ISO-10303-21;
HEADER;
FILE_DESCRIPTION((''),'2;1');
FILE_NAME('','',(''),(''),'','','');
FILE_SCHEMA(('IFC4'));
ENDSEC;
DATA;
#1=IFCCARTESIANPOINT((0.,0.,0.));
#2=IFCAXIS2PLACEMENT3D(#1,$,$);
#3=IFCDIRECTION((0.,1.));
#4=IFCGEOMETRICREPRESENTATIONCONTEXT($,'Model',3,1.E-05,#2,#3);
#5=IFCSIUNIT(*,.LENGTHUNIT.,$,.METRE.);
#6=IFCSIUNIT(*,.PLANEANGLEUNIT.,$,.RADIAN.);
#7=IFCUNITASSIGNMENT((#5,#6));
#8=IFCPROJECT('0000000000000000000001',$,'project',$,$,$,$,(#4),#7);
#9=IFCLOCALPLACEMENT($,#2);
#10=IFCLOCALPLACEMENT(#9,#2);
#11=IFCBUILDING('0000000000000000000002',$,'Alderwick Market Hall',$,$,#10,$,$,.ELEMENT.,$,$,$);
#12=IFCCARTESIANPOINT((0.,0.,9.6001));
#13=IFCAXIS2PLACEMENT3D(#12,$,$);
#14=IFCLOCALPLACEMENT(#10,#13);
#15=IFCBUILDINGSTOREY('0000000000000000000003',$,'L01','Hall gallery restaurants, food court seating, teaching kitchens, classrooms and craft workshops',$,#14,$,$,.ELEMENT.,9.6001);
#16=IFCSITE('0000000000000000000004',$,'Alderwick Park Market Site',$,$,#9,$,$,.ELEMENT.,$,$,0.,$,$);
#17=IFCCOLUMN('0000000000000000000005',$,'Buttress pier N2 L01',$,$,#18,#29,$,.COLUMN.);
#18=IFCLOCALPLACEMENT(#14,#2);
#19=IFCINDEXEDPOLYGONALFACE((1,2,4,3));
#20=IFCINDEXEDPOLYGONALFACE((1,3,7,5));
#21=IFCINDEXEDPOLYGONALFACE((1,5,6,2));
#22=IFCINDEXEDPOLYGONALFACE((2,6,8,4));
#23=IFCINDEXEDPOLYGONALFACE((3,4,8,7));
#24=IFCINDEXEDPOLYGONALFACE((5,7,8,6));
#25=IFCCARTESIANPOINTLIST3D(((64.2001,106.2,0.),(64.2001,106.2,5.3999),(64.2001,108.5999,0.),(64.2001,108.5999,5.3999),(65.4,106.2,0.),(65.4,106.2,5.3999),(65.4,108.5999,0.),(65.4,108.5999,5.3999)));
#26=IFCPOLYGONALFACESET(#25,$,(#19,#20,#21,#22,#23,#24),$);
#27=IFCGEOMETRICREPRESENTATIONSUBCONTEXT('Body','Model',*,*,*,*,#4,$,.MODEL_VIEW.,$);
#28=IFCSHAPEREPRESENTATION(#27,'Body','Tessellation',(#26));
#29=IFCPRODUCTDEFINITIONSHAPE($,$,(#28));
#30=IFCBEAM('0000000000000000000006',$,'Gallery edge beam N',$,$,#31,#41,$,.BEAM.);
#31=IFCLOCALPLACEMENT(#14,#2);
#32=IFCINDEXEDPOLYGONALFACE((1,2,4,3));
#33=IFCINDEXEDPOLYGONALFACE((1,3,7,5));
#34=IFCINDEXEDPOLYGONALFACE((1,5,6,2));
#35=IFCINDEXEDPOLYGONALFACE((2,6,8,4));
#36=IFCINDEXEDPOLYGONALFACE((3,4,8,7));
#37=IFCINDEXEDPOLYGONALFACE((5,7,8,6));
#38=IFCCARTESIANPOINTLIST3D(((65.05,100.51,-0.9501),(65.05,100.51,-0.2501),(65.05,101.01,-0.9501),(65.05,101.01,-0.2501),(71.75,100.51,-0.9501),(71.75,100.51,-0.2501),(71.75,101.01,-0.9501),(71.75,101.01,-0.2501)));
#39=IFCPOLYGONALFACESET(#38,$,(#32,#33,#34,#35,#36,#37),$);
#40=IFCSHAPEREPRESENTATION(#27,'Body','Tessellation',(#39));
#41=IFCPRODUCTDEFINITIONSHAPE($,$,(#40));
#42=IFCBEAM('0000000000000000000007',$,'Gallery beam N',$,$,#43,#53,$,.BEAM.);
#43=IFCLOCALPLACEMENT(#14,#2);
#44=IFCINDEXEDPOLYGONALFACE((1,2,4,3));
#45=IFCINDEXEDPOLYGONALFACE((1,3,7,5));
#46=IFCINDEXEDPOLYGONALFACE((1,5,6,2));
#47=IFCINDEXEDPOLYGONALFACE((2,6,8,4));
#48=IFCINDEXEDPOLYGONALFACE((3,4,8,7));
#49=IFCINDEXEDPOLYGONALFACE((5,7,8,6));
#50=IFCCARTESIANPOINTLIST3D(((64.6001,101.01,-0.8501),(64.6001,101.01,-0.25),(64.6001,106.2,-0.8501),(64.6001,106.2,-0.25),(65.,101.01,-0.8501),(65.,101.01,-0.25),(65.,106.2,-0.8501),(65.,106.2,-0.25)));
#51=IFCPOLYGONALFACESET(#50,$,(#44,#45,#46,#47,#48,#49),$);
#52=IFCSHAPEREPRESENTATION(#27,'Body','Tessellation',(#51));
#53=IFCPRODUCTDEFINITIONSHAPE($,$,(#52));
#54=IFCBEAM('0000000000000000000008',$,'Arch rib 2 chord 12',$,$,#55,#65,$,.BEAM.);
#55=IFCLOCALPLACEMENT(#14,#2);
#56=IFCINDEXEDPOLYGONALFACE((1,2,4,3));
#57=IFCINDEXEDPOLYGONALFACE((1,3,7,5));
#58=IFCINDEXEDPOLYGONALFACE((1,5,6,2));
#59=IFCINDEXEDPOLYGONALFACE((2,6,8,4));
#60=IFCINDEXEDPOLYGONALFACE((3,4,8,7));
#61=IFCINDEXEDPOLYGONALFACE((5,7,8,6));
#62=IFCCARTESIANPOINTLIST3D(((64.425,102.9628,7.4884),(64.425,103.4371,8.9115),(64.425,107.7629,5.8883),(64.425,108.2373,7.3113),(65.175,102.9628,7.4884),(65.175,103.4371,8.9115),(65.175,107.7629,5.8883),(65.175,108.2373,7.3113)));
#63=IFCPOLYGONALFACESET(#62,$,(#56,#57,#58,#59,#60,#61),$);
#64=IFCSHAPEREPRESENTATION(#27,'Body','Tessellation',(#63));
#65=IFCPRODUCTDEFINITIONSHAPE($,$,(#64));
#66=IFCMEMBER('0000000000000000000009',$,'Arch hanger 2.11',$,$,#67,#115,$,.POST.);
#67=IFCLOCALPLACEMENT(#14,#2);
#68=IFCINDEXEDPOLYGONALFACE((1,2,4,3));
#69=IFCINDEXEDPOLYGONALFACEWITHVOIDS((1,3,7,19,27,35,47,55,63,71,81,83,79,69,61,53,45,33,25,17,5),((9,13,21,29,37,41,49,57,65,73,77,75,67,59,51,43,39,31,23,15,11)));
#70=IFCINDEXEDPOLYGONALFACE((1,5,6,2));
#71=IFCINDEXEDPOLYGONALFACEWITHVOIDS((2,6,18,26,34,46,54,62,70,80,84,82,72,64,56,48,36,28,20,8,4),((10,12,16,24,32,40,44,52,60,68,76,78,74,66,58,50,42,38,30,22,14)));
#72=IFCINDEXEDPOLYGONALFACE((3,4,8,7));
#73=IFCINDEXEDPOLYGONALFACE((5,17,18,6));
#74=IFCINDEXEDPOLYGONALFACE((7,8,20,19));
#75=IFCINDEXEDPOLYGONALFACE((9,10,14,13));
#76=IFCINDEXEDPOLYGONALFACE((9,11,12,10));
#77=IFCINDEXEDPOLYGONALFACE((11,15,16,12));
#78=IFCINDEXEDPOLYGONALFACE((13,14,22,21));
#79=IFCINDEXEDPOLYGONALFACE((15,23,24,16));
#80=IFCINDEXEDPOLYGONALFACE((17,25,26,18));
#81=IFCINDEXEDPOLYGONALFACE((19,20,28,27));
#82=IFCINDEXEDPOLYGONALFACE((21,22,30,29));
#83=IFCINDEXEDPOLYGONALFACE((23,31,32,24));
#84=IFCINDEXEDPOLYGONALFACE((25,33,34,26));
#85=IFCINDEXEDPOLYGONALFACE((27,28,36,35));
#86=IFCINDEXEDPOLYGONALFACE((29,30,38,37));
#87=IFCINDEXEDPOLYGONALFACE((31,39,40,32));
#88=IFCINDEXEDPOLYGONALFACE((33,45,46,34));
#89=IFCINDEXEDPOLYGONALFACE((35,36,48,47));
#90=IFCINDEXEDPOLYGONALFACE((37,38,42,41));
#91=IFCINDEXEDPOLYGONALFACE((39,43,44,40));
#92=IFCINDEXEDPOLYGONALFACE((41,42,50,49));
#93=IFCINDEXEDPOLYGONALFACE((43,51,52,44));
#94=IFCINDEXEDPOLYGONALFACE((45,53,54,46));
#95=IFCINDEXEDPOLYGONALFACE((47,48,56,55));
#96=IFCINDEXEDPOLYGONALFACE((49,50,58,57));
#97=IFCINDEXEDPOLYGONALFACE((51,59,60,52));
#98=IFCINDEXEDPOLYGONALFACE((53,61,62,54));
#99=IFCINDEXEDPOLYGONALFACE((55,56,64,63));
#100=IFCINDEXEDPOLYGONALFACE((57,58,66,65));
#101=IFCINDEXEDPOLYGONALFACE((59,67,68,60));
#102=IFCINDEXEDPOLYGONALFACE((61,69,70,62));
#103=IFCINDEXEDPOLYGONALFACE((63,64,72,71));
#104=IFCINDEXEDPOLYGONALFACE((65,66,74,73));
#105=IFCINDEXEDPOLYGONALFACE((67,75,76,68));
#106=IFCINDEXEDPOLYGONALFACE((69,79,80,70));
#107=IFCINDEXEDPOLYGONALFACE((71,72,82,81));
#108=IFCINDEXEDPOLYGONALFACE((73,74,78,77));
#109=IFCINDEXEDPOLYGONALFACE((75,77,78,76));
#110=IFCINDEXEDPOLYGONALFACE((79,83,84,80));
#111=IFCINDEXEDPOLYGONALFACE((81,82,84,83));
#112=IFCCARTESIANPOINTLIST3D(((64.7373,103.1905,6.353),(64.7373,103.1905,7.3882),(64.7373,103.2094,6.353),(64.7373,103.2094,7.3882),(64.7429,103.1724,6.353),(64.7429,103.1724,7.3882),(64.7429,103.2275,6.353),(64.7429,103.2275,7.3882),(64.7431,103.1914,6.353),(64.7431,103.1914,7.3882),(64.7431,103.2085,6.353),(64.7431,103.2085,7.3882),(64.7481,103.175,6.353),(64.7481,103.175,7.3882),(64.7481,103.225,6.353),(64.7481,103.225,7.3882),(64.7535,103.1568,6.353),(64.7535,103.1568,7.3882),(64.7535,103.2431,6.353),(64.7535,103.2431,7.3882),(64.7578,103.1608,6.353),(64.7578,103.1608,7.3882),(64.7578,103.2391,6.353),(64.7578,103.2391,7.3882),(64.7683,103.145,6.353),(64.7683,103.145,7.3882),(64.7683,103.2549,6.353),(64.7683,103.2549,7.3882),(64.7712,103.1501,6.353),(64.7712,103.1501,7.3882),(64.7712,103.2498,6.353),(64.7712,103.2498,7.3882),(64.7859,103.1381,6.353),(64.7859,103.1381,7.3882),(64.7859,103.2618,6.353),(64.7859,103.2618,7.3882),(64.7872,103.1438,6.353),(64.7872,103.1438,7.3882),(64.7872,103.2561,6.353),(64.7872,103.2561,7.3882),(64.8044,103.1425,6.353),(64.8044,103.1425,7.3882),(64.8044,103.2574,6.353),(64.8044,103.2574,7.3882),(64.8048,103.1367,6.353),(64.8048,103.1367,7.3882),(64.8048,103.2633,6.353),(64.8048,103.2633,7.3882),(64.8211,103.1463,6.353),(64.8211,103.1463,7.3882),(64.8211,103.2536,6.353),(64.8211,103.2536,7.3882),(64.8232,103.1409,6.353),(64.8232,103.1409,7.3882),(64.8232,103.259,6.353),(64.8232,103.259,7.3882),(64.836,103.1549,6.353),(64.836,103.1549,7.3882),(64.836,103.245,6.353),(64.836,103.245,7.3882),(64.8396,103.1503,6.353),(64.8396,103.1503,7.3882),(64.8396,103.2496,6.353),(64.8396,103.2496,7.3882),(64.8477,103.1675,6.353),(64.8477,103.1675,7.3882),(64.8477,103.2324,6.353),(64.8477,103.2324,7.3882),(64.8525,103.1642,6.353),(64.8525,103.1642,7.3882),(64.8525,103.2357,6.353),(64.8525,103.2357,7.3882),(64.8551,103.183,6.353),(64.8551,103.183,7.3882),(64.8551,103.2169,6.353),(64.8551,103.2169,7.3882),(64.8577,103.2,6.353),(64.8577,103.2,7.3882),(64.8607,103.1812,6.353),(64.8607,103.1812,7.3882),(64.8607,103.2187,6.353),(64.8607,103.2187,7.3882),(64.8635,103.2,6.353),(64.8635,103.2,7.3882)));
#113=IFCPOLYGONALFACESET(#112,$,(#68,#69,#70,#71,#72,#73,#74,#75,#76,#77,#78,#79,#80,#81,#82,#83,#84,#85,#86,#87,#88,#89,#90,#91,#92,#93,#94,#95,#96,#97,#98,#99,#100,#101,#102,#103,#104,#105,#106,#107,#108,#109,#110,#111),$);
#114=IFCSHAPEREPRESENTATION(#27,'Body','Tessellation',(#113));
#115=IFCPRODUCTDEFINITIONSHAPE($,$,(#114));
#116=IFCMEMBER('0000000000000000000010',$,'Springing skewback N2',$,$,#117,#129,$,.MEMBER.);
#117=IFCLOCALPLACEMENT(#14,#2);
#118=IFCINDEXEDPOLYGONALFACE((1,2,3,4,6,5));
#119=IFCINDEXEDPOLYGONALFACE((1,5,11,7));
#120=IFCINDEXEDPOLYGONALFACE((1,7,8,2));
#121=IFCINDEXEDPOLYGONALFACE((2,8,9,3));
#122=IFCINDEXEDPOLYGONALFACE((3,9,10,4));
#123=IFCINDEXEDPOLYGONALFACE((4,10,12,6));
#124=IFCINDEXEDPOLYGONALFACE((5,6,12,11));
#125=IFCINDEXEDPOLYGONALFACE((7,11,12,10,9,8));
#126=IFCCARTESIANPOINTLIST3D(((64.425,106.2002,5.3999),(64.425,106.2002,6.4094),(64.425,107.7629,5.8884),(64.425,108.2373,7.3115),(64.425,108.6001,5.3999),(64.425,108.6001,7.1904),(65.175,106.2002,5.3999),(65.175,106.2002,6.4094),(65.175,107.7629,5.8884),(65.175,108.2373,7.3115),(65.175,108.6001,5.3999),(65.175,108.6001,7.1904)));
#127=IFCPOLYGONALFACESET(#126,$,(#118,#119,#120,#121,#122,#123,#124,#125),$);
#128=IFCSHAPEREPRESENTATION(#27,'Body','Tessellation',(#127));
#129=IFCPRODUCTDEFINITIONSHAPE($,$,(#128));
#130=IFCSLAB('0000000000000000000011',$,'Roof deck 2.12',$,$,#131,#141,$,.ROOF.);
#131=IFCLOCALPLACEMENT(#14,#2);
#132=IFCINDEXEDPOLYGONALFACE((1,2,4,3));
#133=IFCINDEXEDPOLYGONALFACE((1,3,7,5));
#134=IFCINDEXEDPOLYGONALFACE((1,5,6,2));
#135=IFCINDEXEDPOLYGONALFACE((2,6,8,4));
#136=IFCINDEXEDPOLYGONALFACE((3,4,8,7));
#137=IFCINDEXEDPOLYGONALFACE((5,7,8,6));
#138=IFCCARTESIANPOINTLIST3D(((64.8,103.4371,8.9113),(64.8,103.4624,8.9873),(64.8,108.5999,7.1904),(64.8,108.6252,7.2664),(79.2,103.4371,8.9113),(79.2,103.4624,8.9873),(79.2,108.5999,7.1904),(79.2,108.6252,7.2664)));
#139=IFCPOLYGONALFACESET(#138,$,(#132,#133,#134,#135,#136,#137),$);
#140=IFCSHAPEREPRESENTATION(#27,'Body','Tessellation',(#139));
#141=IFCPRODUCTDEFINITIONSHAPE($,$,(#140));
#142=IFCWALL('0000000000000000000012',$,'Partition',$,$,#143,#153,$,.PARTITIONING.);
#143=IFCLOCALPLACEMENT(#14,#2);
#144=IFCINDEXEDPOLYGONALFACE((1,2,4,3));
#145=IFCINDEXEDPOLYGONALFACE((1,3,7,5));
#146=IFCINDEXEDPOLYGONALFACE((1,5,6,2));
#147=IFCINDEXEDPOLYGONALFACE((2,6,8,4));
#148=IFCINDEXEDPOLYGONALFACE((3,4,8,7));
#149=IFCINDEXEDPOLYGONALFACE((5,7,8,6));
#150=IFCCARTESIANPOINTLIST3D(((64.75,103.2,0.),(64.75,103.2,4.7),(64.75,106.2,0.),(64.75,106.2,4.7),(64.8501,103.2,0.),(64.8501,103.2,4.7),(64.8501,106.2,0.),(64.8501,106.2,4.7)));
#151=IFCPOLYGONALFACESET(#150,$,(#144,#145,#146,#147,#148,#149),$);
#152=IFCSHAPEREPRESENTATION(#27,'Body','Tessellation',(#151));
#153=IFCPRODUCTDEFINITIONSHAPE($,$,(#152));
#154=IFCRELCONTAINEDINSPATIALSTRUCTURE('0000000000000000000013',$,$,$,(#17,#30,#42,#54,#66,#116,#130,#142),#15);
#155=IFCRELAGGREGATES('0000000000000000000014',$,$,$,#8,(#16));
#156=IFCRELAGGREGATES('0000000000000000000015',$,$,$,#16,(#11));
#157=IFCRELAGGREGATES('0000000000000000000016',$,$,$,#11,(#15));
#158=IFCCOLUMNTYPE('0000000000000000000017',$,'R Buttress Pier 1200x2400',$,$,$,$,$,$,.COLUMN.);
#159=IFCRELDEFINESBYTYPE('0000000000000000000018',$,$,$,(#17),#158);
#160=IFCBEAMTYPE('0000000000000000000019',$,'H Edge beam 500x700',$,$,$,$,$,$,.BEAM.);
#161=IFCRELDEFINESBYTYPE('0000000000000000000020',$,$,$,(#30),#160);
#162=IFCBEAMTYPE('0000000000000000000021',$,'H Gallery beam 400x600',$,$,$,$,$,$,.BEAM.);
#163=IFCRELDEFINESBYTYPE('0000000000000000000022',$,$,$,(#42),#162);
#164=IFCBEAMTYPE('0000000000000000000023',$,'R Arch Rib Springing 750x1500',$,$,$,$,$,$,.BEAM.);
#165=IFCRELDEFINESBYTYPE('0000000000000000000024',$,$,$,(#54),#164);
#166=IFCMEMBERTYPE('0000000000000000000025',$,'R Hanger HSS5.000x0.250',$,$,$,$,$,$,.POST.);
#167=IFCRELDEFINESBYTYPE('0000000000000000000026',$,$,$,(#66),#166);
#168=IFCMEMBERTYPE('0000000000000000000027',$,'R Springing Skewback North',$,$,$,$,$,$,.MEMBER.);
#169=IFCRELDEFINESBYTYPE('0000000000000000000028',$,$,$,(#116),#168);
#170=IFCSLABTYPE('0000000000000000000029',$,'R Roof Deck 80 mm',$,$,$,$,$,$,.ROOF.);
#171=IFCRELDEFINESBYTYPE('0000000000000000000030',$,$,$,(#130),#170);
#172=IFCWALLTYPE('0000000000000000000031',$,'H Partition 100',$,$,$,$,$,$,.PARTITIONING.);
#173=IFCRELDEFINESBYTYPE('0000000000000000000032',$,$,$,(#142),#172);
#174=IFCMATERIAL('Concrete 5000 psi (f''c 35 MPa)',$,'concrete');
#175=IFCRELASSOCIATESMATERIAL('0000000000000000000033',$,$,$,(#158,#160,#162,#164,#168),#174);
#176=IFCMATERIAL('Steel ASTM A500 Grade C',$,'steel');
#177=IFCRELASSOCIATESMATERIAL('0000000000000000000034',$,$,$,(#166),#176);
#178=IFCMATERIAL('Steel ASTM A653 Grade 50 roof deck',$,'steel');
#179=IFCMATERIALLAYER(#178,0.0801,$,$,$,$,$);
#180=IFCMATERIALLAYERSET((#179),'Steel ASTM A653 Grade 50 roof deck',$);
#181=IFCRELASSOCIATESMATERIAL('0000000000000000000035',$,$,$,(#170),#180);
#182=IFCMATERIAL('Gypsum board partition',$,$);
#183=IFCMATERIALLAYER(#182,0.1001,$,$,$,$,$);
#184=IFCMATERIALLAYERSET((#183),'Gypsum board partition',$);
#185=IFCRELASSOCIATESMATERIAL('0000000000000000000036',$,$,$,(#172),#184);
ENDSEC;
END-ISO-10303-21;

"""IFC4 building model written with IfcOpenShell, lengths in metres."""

from ifc_helpers import new_model, si_unit, direction, frame, frame_2d, origin, origin_2d, place, context, subcontext, project, spatial, polyline, rectangle, hollow_circle, outline, extrude, material, layer, layer_set, material_profile, profile_set, type_object, element, save


model = new_model("IFC4")

# Units and contexts
model_context = context("Model", 3, precision=1e-05, world=origin(), true_north=direction((0.0, 1.0)))
body_context = subcontext(model_context, "Body", "Model", "MODEL_VIEW")
ifc_project = project(units=[si_unit("LENGTHUNIT", "METRE"), si_unit("PLANEANGLEUNIT", "RADIAN")], contexts=[model_context])

# Site, building, storey
site_placement = place(None, origin())
site = spatial("IfcSite", under=ifc_project, at=site_placement, Name="Alderwick Park Market Site", CompositionType="ELEMENT", RefElevation=0.0)
building_placement = place(site_placement, origin())
building = spatial("IfcBuilding", under=site, at=building_placement, Name="Alderwick Market Hall", CompositionType="ELEMENT")
storey_placement = place(building_placement, frame((0.0, 0.0, 9.6001)))
storey = spatial("IfcBuildingStorey", under=building, at=storey_placement, Name="L01", Description="Hall gallery restaurants, food court seating, teaching kitchens, classrooms and craft workshops", CompositionType="ELEMENT", Elevation=9.6001)

# Column
ifc_material_1 = material(Name="Concrete 5000 psi (f'c 35 MPa)", Category="concrete")
ifc_material_profile_1 = material_profile(ifc_material_1, rectangle(XDim=1.2, YDim=2.3999, at=origin_2d()), Name="RC 1200x2400")
ifc_profile_set_1 = profile_set([ifc_material_profile_1], Name="Concrete 5000 psi (f'c 35 MPa)")
column_type = type_object("IfcColumnType", Name="R Buttress Pier 1200x2400", PredefinedType="COLUMN", material=ifc_profile_set_1)
column_placement = place(storey_placement, frame((64.8, 107.3999, 0.0), z_axis=(0.0, 0.0, 1.0), x_axis=(1.0, 0.0, 0.0)))
element("IfcColumn", 1, at=column_placement, inside=storey, type_object=column_type, Name="Buttress pier N2 L01", PredefinedType="COLUMN", context=body_context, shape_type="SweptSolid", body=[
    extrude(rectangle(XDim=1.2, YDim=2.3999, at=origin_2d()), origin(), (0.0, 0.0, 1.0), 5.3999),
])

# Beams
ifc_material_profile_2 = material_profile(ifc_material_1, rectangle(XDim=0.5, YDim=0.7, at=origin_2d()), Name="RC 500x700")
ifc_profile_set_2 = profile_set([ifc_material_profile_2], Name="Concrete 5000 psi (f'c 35 MPa)")
beam_type_1 = type_object("IfcBeamType", Name="H Edge beam 500x700", PredefinedType="BEAM", material=ifc_profile_set_2)
beam_1_placement = place(storey_placement, frame((65.05, 100.76, -0.6001), z_axis=(1.0, 0.0, 0.0), x_axis=(0.0, 1.0, 0.0)))
element("IfcBeam", 2, at=beam_1_placement, inside=storey, type_object=beam_type_1, Name="Gallery edge beam N", PredefinedType="BEAM", context=body_context, shape_type="SweptSolid", body=[
    extrude(rectangle(XDim=0.5, YDim=0.7, at=origin_2d()), origin(), (0.0, 0.0, 1.0), 6.7),
])
ifc_material_profile_3 = material_profile(ifc_material_1, rectangle(XDim=0.3999, YDim=0.6001, at=origin_2d()), Name="RC 400x600")
ifc_profile_set_3 = profile_set([ifc_material_profile_3], Name="Concrete 5000 psi (f'c 35 MPa)")
beam_type_2 = type_object("IfcBeamType", Name="H Gallery beam 400x600", PredefinedType="BEAM", material=ifc_profile_set_3)
beam_2_placement = place(storey_placement, frame((64.8, 106.2, -0.55), z_axis=(0.0, -1.0, 0.0), x_axis=(1.0, 0.0, 0.0)))
element("IfcBeam", 3, at=beam_2_placement, inside=storey, type_object=beam_type_2, Name="Gallery beam N", PredefinedType="BEAM", context=body_context, shape_type="SweptSolid", body=[
    extrude(rectangle(XDim=0.3999, YDim=0.6001, at=origin_2d()), origin(), (0.0, 0.0, 1.0), 5.1899),
])
ifc_material_profile_4 = material_profile(ifc_material_1, rectangle(XDim=0.75, YDim=1.5, at=origin_2d()), Name="RC 750x1500")
ifc_profile_set_4 = profile_set([ifc_material_profile_4], Name="Concrete 5000 psi (f'c 35 MPa)")
beam_type_3 = type_object("IfcBeamType", Name="R Arch Rib Springing 750x1500", PredefinedType="BEAM", material=ifc_profile_set_4)
beam_3_placement = place(storey_placement, frame((64.8, 103.2, 8.2), z_axis=(0.0, 0.948678, -0.316242), x_axis=(-1.0, 0.0, 0.0)))
element("IfcBeam", 4, at=beam_3_placement, inside=storey, type_object=beam_type_3, Name="Arch rib 2 chord 12", PredefinedType="BEAM", context=body_context, shape_type="SweptSolid", body=[
    extrude(rectangle(XDim=0.75, YDim=1.5, at=origin_2d()), origin(), (0.0, 0.0, 1.0), 5.0598),
])

# Members
ifc_material_2 = material(Name="Steel ASTM A500 Grade C", Category="steel")
ifc_material_profile_5 = material_profile(ifc_material_2, hollow_circle(Radius=0.0635, WallThickness=0.0059, at=origin_2d()), Name="HSS5.000x0.250")
ifc_profile_set_5 = profile_set([ifc_material_profile_5], Name="Steel ASTM A500 Grade C")
member_type_1 = type_object("IfcMemberType", Name="R Hanger HSS5.000x0.250", PredefinedType="POST", material=ifc_profile_set_5)
member_1_placement = place(storey_placement, frame((64.8, 103.2, 6.353), z_axis=(0.0, 0.0, 1.0), x_axis=(1.0, 0.0, 0.0)))
element("IfcMember", 5, at=member_1_placement, inside=storey, type_object=member_type_1, Name="Arch hanger 2.11", PredefinedType="POST", context=body_context, shape_type="SweptSolid", body=[
    extrude(hollow_circle(Radius=0.0635, WallThickness=0.0059, at=origin_2d()), origin(), (0.0, 0.0, 1.0), 1.0352),
])
ifc_material_profile_6 = material_profile(ifc_material_1, outline(polyline([(0.0, 0.0), (-2.3999, 0.0), (-2.3999, 1.0095), (-0.8372, 0.4885), (-0.3628, 1.9116), (0.0, 1.7905), (0.0, 0.0)])), Name="RC skewback N")
ifc_profile_set_6 = profile_set([ifc_material_profile_6], Name="Concrete 5000 psi (f'c 35 MPa)")
member_type_2 = type_object("IfcMemberType", Name="R Springing Skewback North", PredefinedType="MEMBER", material=ifc_profile_set_6)
member_2_placement = place(storey_placement, frame((64.425, 108.6001, 5.3999), z_axis=(1.0, 0.0, 0.0), x_axis=(0.0, 1.0, 0.0)))
element("IfcMember", 6, at=member_2_placement, inside=storey, type_object=member_type_2, Name="Springing skewback N2", PredefinedType="MEMBER", context=body_context, shape_type="SweptSolid", body=[
    extrude(outline(polyline([(0.0, 0.0), (-2.3999, 0.0), (-2.3999, 1.0095), (-0.8372, 0.4885), (-0.3628, 1.9116), (0.0, 1.7905), (0.0, 0.0)])), origin(), (0.0, 0.0, 1.0), 0.75),
])

# Slab
ifc_material_3 = material(Name="Steel ASTM A653 Grade 50 roof deck", Category="steel")
ifc_layer_1 = layer(ifc_material_3, 0.0801)
ifc_layer_set_1 = layer_set([ifc_layer_1], Name="Steel ASTM A653 Grade 50 roof deck")
slab_type = type_object("IfcSlabType", Name="R Roof Deck 80 mm", PredefinedType="ROOF", material=ifc_layer_set_1)
slab_placement = place(storey_placement, frame((64.8, 103.4624, 8.9873), z_axis=(0.0, 0.316228, 0.948683), x_axis=(1.0, 0.0, 0.0)))
element("IfcSlab", 7, at=slab_placement, inside=storey, type_object=slab_type, Name="Roof deck 2.12", PredefinedType="ROOF", context=body_context, shape_type="SweptSolid", body=[
    extrude(outline(polyline([(0.0, 0.0), (14.3999, 0.0), (14.3999, 5.4421), (0.0, 5.4421), (0.0, 0.0)])), origin(), (0.0, 0.0, -1.0), 0.0801),
])

# Wall
ifc_material_4 = material(Name="Gypsum board partition")
ifc_layer_2 = layer(ifc_material_4, 0.1001)
ifc_layer_set_2 = layer_set([ifc_layer_2], Name="Gypsum board partition")
wall_type = type_object("IfcWallType", Name="H Partition 100", PredefinedType="PARTITIONING", material=ifc_layer_set_2)
wall_1_placement = place(storey_placement, frame((64.8, 106.2, 0.0), z_axis=(0.0, 0.0, 1.0), x_axis=(0.0, -1.0, 0.0)))
element("IfcWall", 8, at=wall_1_placement, inside=storey, type_object=wall_type, Name="Partition", PredefinedType="PARTITIONING", context=body_context, shape_type="SweptSolid", body=[
    extrude(rectangle(XDim=3.0, YDim=0.1001, at=frame_2d((1.5, 0.0))), origin(), (0.0, 0.0, 1.0), 4.7),
])

save(model, "model.ifc")
